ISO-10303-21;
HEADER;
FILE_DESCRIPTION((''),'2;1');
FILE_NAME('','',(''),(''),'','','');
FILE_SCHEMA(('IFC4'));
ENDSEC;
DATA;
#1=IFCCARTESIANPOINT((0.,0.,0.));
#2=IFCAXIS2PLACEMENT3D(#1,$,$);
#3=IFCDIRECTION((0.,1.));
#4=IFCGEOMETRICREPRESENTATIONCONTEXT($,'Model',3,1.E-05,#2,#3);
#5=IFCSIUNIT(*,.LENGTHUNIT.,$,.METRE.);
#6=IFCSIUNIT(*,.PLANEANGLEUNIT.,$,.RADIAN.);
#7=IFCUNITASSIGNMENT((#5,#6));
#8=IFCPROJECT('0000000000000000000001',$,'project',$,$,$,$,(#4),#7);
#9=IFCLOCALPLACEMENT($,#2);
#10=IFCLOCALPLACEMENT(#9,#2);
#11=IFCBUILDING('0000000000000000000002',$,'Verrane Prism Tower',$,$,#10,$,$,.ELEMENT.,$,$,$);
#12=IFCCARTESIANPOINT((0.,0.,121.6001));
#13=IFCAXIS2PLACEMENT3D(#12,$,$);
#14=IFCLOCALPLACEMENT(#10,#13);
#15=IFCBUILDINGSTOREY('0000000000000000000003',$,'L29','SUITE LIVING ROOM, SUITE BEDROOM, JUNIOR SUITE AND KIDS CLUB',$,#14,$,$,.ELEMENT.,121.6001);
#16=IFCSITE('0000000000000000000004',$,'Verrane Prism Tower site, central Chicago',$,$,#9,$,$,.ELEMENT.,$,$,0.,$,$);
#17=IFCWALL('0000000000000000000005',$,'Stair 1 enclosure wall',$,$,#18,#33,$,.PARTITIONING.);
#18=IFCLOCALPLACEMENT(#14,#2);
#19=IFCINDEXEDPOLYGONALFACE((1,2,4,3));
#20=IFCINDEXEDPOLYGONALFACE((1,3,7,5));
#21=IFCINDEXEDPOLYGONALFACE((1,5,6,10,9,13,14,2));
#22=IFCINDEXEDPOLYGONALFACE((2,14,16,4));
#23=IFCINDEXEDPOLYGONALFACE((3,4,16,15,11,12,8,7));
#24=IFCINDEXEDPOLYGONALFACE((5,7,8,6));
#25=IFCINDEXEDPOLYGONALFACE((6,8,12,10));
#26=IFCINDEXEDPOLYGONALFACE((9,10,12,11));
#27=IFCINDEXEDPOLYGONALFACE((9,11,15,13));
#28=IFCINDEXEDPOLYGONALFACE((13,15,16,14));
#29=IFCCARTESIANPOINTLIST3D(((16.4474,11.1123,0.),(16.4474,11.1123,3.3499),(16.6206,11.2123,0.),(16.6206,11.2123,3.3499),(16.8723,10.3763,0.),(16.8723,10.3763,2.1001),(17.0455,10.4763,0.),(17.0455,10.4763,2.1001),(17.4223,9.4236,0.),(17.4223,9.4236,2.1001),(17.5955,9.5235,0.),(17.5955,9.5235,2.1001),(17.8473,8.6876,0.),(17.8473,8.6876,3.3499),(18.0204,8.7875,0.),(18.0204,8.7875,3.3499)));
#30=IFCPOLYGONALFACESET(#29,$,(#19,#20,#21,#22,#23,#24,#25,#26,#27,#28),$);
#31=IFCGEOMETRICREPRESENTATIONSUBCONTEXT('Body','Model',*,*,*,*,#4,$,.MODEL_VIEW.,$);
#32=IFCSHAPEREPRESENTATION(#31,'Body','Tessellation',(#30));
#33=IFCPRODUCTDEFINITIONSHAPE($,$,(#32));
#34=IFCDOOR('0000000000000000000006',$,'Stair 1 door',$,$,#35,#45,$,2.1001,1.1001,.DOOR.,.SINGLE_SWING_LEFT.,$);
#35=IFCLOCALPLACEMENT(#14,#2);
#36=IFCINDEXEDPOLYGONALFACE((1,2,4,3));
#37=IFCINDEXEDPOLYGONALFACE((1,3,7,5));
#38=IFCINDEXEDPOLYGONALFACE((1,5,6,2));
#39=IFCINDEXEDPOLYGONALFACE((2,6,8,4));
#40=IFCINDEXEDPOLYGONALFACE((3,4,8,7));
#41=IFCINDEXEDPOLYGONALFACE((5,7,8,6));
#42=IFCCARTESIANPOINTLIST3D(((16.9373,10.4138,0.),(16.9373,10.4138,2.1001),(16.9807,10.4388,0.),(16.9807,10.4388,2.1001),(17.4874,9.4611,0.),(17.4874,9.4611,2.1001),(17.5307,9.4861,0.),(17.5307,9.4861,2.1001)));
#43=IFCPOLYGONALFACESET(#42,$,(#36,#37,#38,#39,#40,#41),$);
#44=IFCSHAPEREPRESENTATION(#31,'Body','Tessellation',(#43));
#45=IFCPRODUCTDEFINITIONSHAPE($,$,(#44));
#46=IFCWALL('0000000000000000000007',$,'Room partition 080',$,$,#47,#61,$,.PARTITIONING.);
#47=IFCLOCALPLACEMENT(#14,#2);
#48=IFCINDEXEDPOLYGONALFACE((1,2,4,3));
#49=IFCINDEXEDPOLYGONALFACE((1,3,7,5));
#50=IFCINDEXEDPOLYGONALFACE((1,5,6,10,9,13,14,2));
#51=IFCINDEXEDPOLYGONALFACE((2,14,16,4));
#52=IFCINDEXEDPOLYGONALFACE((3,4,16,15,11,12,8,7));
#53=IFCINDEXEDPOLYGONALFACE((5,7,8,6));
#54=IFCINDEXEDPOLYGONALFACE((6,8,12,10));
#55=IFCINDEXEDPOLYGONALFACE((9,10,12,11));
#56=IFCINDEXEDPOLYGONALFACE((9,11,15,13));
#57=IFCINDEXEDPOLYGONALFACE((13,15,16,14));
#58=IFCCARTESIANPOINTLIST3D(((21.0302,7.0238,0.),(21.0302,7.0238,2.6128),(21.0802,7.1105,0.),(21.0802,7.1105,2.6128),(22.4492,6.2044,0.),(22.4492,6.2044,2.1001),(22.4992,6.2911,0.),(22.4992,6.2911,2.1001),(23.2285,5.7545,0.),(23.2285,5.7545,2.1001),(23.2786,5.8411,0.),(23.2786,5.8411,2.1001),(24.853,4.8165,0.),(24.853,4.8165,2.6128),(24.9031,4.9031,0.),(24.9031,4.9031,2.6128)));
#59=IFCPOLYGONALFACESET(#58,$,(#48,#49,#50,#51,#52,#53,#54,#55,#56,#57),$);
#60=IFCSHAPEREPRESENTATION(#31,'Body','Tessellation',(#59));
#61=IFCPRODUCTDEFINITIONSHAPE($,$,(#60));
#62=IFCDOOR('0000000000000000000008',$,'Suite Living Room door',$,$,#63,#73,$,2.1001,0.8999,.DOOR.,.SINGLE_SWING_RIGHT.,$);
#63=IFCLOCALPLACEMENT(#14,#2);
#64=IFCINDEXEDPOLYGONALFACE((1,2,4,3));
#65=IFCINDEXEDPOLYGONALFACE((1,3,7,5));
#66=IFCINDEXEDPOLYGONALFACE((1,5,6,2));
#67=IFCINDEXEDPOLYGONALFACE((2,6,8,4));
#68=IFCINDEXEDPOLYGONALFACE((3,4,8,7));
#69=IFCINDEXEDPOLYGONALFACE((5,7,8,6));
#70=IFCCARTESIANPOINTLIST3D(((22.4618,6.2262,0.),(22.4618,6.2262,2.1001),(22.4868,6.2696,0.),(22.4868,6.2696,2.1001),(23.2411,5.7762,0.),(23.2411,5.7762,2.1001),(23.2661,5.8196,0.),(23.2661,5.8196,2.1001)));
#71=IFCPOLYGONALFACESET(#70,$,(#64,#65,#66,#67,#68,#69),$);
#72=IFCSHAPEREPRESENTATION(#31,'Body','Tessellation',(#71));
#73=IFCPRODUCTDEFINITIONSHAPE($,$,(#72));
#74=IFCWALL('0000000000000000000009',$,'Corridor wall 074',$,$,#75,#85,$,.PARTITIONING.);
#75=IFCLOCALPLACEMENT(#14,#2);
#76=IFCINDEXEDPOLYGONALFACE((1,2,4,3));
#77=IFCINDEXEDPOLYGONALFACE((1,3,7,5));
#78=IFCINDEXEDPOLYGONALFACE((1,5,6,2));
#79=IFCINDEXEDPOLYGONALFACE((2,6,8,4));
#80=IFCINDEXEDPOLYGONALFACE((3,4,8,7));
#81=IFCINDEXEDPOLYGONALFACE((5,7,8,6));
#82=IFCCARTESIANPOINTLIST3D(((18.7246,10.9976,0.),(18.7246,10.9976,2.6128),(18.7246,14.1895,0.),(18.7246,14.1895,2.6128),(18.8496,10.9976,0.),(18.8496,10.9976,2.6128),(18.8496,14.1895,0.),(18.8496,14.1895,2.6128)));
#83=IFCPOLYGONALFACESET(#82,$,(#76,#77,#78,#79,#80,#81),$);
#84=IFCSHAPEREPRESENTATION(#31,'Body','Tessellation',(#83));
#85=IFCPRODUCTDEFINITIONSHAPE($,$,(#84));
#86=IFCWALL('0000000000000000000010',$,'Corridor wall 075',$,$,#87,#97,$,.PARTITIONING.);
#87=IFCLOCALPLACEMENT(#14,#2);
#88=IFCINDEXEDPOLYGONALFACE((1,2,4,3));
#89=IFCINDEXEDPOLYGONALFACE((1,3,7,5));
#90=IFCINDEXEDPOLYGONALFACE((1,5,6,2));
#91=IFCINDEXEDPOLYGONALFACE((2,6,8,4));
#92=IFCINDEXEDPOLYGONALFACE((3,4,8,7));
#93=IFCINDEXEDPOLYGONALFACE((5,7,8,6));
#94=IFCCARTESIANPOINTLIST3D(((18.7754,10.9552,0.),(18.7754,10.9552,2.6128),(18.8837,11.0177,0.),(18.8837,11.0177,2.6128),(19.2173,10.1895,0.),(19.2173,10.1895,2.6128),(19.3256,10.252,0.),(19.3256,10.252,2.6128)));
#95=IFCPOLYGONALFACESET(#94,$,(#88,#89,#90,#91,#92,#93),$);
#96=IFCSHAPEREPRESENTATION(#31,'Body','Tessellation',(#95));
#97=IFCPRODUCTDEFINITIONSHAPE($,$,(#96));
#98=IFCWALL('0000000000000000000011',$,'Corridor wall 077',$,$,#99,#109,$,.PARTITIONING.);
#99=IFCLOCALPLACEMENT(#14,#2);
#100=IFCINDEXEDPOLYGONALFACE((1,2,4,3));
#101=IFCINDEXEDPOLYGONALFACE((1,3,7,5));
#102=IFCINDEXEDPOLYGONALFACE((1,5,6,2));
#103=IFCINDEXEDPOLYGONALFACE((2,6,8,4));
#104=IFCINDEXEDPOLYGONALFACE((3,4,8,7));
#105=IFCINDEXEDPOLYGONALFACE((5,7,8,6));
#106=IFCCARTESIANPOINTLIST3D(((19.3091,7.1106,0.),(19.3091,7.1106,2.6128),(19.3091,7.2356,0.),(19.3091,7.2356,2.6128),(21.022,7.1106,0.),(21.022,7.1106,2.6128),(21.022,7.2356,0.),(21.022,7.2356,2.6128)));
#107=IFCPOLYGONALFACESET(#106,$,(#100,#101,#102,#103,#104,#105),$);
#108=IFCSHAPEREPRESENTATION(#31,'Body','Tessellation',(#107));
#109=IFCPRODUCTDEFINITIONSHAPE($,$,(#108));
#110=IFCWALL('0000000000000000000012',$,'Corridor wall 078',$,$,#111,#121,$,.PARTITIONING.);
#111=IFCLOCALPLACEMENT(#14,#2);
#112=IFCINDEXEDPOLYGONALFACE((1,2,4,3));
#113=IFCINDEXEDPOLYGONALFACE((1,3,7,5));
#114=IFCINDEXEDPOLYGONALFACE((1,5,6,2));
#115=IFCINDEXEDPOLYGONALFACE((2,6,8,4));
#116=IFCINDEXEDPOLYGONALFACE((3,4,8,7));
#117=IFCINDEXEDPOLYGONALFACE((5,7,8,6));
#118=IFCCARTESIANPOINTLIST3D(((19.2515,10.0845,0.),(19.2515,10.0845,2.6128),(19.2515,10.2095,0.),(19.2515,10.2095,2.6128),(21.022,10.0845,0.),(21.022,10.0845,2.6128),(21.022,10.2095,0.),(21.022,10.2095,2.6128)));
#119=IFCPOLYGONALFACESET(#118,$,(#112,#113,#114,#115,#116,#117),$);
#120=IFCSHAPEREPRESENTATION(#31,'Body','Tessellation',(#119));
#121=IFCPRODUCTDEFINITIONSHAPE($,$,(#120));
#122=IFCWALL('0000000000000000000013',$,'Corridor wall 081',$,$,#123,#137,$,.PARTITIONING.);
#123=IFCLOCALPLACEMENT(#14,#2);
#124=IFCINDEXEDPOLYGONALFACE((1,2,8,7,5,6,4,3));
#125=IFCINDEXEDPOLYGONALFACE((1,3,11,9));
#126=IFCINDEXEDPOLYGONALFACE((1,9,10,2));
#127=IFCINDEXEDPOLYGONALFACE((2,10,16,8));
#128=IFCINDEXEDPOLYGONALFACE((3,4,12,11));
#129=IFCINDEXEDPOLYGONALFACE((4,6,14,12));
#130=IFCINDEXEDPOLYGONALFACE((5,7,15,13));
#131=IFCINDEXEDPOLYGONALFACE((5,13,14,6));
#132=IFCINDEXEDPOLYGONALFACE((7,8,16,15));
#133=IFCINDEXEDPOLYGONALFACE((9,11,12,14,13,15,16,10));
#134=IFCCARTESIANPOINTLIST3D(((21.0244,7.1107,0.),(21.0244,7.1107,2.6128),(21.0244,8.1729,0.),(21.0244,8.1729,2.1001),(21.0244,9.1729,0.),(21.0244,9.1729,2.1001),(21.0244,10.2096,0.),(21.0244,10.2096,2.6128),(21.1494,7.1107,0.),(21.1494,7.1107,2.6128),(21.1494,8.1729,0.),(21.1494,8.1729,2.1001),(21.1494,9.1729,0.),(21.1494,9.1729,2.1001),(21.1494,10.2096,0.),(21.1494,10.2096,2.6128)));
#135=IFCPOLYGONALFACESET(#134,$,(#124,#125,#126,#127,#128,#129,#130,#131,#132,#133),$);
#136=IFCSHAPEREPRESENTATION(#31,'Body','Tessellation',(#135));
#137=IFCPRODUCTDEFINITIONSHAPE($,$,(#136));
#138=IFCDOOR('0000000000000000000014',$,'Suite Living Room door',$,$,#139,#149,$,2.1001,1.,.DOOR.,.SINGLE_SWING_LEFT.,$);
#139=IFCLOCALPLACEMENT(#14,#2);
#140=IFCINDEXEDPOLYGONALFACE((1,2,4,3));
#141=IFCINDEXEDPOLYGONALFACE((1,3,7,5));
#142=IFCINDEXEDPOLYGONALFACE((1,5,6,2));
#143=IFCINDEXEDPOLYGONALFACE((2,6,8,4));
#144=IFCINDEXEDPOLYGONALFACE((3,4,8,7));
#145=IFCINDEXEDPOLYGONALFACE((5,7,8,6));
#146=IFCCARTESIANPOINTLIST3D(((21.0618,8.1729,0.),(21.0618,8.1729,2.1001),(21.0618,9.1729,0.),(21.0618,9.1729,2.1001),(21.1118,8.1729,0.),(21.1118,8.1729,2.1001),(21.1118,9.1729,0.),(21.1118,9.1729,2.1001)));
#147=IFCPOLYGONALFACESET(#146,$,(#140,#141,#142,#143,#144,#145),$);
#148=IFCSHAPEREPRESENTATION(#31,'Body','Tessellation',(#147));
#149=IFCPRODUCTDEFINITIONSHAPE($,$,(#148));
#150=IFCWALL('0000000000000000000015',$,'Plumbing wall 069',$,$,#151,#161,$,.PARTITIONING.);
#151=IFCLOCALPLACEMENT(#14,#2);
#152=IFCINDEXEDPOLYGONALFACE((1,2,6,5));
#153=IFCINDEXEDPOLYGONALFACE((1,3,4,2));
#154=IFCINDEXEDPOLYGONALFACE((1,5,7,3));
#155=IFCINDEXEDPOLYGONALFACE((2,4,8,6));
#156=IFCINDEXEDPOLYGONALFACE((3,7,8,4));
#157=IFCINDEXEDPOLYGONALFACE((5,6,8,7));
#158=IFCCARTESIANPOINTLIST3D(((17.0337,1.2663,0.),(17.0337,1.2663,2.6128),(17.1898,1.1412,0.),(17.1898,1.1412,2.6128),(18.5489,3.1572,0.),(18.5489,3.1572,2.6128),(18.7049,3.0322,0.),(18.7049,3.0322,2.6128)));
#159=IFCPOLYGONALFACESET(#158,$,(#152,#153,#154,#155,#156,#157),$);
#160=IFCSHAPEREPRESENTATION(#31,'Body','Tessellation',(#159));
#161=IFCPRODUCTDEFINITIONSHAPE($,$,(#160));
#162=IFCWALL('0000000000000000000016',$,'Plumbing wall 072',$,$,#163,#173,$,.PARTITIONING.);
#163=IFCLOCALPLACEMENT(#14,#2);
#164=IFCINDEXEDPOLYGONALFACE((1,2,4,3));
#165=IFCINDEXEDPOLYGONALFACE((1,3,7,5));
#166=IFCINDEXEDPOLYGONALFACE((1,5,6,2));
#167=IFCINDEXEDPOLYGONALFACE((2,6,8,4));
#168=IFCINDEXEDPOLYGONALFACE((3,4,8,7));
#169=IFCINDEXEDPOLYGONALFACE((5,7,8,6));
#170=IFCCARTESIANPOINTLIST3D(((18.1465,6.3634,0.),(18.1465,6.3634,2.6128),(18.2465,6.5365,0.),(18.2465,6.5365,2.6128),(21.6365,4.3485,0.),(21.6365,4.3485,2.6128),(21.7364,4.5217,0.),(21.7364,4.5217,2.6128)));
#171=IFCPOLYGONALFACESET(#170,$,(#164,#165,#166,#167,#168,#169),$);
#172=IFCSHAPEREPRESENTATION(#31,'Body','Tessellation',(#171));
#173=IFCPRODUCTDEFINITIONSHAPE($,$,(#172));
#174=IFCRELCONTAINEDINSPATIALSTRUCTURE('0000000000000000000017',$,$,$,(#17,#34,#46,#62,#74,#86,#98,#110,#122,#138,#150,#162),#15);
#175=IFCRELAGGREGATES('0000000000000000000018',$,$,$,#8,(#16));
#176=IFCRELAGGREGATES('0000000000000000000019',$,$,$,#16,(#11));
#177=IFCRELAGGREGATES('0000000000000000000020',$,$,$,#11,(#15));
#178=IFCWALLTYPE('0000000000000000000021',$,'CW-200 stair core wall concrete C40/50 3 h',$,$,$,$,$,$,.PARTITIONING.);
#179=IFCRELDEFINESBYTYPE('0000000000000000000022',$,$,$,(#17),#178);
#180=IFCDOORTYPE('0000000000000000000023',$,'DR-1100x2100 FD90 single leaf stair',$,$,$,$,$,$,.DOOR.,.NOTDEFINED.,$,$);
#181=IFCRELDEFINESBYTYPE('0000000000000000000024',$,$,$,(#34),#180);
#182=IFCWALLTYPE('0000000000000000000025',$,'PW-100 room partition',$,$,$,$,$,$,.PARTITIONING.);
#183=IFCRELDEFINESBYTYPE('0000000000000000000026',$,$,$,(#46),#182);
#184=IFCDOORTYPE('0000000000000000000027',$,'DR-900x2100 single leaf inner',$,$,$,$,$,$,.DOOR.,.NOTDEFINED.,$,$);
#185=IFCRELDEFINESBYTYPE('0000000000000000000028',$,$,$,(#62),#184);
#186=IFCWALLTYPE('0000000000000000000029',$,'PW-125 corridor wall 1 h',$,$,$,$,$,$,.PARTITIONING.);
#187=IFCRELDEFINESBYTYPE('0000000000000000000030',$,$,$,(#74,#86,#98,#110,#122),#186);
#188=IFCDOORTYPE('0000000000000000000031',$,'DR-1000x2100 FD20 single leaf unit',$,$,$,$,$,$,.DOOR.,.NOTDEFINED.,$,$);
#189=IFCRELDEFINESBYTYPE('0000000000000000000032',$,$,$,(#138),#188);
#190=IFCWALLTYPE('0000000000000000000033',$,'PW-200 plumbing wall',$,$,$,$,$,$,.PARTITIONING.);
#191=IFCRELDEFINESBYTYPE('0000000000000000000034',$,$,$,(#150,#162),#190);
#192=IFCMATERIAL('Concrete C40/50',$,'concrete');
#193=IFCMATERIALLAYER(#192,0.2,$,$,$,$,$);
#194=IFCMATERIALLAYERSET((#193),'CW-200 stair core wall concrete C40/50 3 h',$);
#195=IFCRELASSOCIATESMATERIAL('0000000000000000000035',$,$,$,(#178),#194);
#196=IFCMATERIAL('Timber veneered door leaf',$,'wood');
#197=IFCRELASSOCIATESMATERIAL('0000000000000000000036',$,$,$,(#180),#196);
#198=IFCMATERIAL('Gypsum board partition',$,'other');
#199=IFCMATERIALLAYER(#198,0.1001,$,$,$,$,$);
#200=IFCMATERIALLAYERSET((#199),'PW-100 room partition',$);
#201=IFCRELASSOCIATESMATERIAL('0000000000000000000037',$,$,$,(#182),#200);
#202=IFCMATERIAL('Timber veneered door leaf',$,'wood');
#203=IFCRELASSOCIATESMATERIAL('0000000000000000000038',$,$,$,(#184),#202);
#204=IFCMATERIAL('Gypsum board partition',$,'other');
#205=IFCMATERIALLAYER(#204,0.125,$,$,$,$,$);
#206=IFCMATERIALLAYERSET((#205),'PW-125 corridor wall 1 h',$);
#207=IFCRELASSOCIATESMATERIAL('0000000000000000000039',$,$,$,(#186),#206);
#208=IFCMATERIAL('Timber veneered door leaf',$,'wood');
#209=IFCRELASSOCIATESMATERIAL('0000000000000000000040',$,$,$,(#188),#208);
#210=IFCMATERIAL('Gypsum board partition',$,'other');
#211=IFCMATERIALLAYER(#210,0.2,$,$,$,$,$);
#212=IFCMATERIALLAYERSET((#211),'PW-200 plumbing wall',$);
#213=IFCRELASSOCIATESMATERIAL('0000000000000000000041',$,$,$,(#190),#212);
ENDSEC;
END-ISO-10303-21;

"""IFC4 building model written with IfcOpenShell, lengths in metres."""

from ifc_helpers import new_model, si_unit, direction, frame, frame_2d, origin, place, context, subcontext, project, spatial, rectangle, extrude, material, layer, layer_set, type_object, element, fill, save


model = new_model("IFC4")

# Units and contexts
model_context = context("Model", 3, precision=1e-05, world=origin(), true_north=direction((0.0, 1.0)))
body_context = subcontext(model_context, "Body", "Model", "MODEL_VIEW")
ifc_project = project(units=[si_unit("LENGTHUNIT", "METRE"), si_unit("PLANEANGLEUNIT", "RADIAN")], contexts=[model_context])

# Site, building, storey
site_placement = place(None, origin())
site = spatial("IfcSite", under=ifc_project, at=site_placement, Name="Verrane Prism Tower site, central Chicago", CompositionType="ELEMENT", RefElevation=0.0)
building_placement = place(site_placement, origin())
building = spatial("IfcBuilding", under=site, at=building_placement, Name="Verrane Prism Tower", CompositionType="ELEMENT")
storey_placement = place(building_placement, frame((0.0, 0.0, 121.6001)))
storey = spatial("IfcBuildingStorey", under=building, at=storey_placement, Name="L29", Description="SUITE LIVING ROOM, SUITE BEDROOM, JUNIOR SUITE AND KIDS CLUB", CompositionType="ELEMENT", Elevation=121.6001)

# Walls, openings, doors
ifc_material_1 = material(Name="Concrete C40/50", Category="concrete")
ifc_layer_1 = layer(ifc_material_1, 0.2)
ifc_layer_set_1 = layer_set([ifc_layer_1], Name="CW-200 stair core wall concrete C40/50 3 h")
wall_type_1 = type_object("IfcWallType", Name="CW-200 stair core wall concrete C40/50 3 h", PredefinedType="PARTITIONING", material=ifc_layer_set_1)
wall_1_placement = place(storey_placement, frame((17.9338, 8.7375, 0.0), z_axis=(0.0, 0.0, 1.0), x_axis=(-0.499984, 0.866035, 0.0)))
wall_1 = element("IfcWall", 1, at=wall_1_placement, inside=storey, type_object=wall_type_1, Name="Stair 1 enclosure wall", PredefinedType="PARTITIONING", context=body_context, shape_type="SweptSolid", body=[
    extrude(rectangle(XDim=2.7998, YDim=0.2, at=frame_2d((1.3999, 0.0))), origin(), (0.0, 0.0, 1.0), 3.3499),
])
opening_1_placement = place(wall_1_placement, frame((0.8499, 0.0, 0.0)))
opening_1 = element("IfcOpeningElement", 2, at=opening_1_placement, cuts=wall_1, PredefinedType="OPENING", context=body_context, shape_type="SweptSolid", body=[
    extrude(rectangle(XDim=1.1001, YDim=2.1001, at=frame_2d((0.55, 1.05))), frame((0.0, 0.1099, 0.0), z_axis=(0.0, -1.0, 0.0), x_axis=(1.0, 0.0, 0.0)), (0.0, 0.0, 1.0), 0.22),
])
ifc_material_2 = material(Name="Timber veneered door leaf", Category="wood")
door_type_1 = type_object("IfcDoorType", Name="DR-1100x2100 FD90 single leaf stair", OperationType="NOTDEFINED", PredefinedType="DOOR", material=ifc_material_2)
door_1_placement = place(opening_1_placement, origin())
door_1 = element("IfcDoor", 3, at=door_1_placement, inside=storey, type_object=door_type_1, Name="Stair 1 door", OperationType="SINGLE_SWING_LEFT", OverallHeight=2.1001, OverallWidth=1.1001, PredefinedType="DOOR", context=body_context, shape_type="SweptSolid", body=[
    extrude(rectangle(XDim=1.1001, YDim=2.1001, at=frame_2d((0.55, 1.05))), frame((0.0, 0.0249, 0.0), z_axis=(0.0, -1.0, 0.0), x_axis=(1.0, 0.0, 0.0)), (0.0, 0.0, 1.0), 0.05),
])
fill(opening_1, door_1)
ifc_material_3 = material(Name="Gypsum board partition", Category="other")
ifc_layer_2 = layer(ifc_material_3, 0.1001)
ifc_layer_set_2 = layer_set([ifc_layer_2], Name="PW-100 room partition")
wall_type_2 = type_object("IfcWallType", Name="PW-100 room partition", PredefinedType="PARTITIONING", material=ifc_layer_set_2)
wall_2_placement = place(storey_placement, frame((24.8779, 4.8599, 0.0), z_axis=(0.0, 0.0, 1.0), x_axis=(-0.866005, 0.500035, 0.0)))
wall_2 = element("IfcWall", 4, at=wall_2_placement, inside=storey, type_object=wall_type_2, Name="Room partition 080", PredefinedType="PARTITIONING", context=body_context, shape_type="SweptSolid", body=[
    extrude(rectangle(XDim=4.4143, YDim=0.1001, at=frame_2d((2.207, 0.0))), origin(), (0.0, 0.0, 1.0), 2.6128),
])
opening_2_placement = place(wall_2_placement, frame((1.8757, 0.0, 0.0)))
opening_2 = element("IfcOpeningElement", 5, at=opening_2_placement, cuts=wall_2, PredefinedType="OPENING", context=body_context, shape_type="SweptSolid", body=[
    extrude(rectangle(XDim=0.8999, YDim=2.1001, at=frame_2d((0.45, 1.05))), frame((0.0, 0.0601, 0.0), z_axis=(0.0, -1.0, 0.0), x_axis=(1.0, 0.0, 0.0)), (0.0, 0.0, 1.0), 0.1201),
])
ifc_material_4 = material(Name="Timber veneered door leaf", Category="wood")
door_type_2 = type_object("IfcDoorType", Name="DR-900x2100 single leaf inner", OperationType="NOTDEFINED", PredefinedType="DOOR", material=ifc_material_4)
door_2_placement = place(opening_2_placement, origin())
door_2 = element("IfcDoor", 6, at=door_2_placement, inside=storey, type_object=door_type_2, Name="Suite Living Room door", OperationType="SINGLE_SWING_RIGHT", OverallHeight=2.1001, OverallWidth=0.8999, PredefinedType="DOOR", context=body_context, shape_type="SweptSolid", body=[
    extrude(rectangle(XDim=0.8999, YDim=2.1001, at=frame_2d((0.45, 1.05))), frame((0.0, 0.0249, 0.0), z_axis=(0.0, -1.0, 0.0), x_axis=(1.0, 0.0, 0.0)), (0.0, 0.0, 1.0), 0.05),
])
fill(opening_2, door_2)

# Walls
ifc_material_5 = material(Name="Gypsum board partition", Category="other")
ifc_layer_3 = layer(ifc_material_5, 0.125)
ifc_layer_set_3 = layer_set([ifc_layer_3], Name="PW-125 corridor wall 1 h")
wall_type_3 = type_object("IfcWallType", Name="PW-125 corridor wall 1 h", PredefinedType="PARTITIONING", material=ifc_layer_set_3)
wall_3_placement = place(storey_placement, frame((18.7871, 10.9976, 0.0), z_axis=(0.0, 0.0, 1.0), x_axis=(0.0, 1.0, 0.0)))
element("IfcWall", 7, at=wall_3_placement, inside=storey, type_object=wall_type_3, Name="Corridor wall 074", PredefinedType="PARTITIONING", context=body_context, shape_type="SweptSolid", body=[
    extrude(rectangle(XDim=3.1919, YDim=0.125, at=frame_2d((1.5959, 0.0))), origin(), (0.0, 0.0, 1.0), 2.6128),
])
wall_4_placement = place(storey_placement, frame((18.8296, 10.9863, 0.0), z_axis=(0.0, 0.0, 1.0), x_axis=(0.499882, -0.866094, 0.0)))
element("IfcWall", 8, at=wall_4_placement, inside=storey, type_object=wall_type_3, Name="Corridor wall 075", PredefinedType="PARTITIONING", context=body_context, shape_type="SweptSolid", body=[
    extrude(rectangle(XDim=0.884, YDim=0.125, at=frame_2d((0.4419, 0.0))), origin(), (0.0, 0.0, 1.0), 2.6128),
])
wall_5_placement = place(storey_placement, frame((19.3091, 7.1731, 0.0), z_axis=(0.0, 0.0, 1.0), x_axis=(1.0, 0.0, 0.0)))
element("IfcWall", 9, at=wall_5_placement, inside=storey, type_object=wall_type_3, Name="Corridor wall 077", PredefinedType="PARTITIONING", context=body_context, shape_type="SweptSolid", body=[
    extrude(rectangle(XDim=1.7129, YDim=0.125, at=frame_2d((0.8564, 0.0))), origin(), (0.0, 0.0, 1.0), 2.6128),
])
wall_6_placement = place(storey_placement, frame((19.2515, 10.147, 0.0), z_axis=(0.0, 0.0, 1.0), x_axis=(1.0, 0.0, 0.0)))
element("IfcWall", 10, at=wall_6_placement, inside=storey, type_object=wall_type_3, Name="Corridor wall 078", PredefinedType="PARTITIONING", context=body_context, shape_type="SweptSolid", body=[
    extrude(rectangle(XDim=1.7705, YDim=0.125, at=frame_2d((0.8853, 0.0))), origin(), (0.0, 0.0, 1.0), 2.6128),
])

# Wall, opening, door
wall_7_placement = place(storey_placement, frame((21.0869, 10.2095, 0.0), z_axis=(0.0, 0.0, 1.0), x_axis=(0.0, -1.0, 0.0)))
wall_7 = element("IfcWall", 11, at=wall_7_placement, inside=storey, type_object=wall_type_3, Name="Corridor wall 081", PredefinedType="PARTITIONING", context=body_context, shape_type="SweptSolid", body=[
    extrude(rectangle(XDim=3.0989, YDim=0.125, at=frame_2d((1.5493, 0.0))), origin(), (0.0, 0.0, 1.0), 2.6128),
])
opening_3_placement = place(wall_7_placement, frame((1.0366, 0.0, 0.0)))
opening_3 = element("IfcOpeningElement", 12, at=opening_3_placement, cuts=wall_7, PredefinedType="OPENING", context=body_context, shape_type="SweptSolid", body=[
    extrude(rectangle(XDim=1.0, YDim=2.1001, at=frame_2d((0.5, 1.05))), frame((0.0, 0.0725, 0.0), z_axis=(0.0, -1.0, 0.0), x_axis=(1.0, 0.0, 0.0)), (0.0, 0.0, 1.0), 0.145),
])
ifc_material_6 = material(Name="Timber veneered door leaf", Category="wood")
door_type_3 = type_object("IfcDoorType", Name="DR-1000x2100 FD20 single leaf unit", OperationType="NOTDEFINED", PredefinedType="DOOR", material=ifc_material_6)
door_3_placement = place(opening_3_placement, origin())
door_3 = element("IfcDoor", 13, at=door_3_placement, inside=storey, type_object=door_type_3, Name="Suite Living Room door", OperationType="SINGLE_SWING_LEFT", OverallHeight=2.1001, OverallWidth=1.0, PredefinedType="DOOR", context=body_context, shape_type="SweptSolid", body=[
    extrude(rectangle(XDim=1.0, YDim=2.1001, at=frame_2d((0.5, 1.05))), frame((0.0, 0.0249, 0.0), z_axis=(0.0, -1.0, 0.0), x_axis=(1.0, 0.0, 0.0)), (0.0, 0.0, 1.0), 0.05),
])
fill(opening_3, door_3)

# Walls
ifc_material_7 = material(Name="Gypsum board partition", Category="other")
ifc_layer_4 = layer(ifc_material_7, 0.2)
ifc_layer_set_4 = layer_set([ifc_layer_4], Name="PW-200 plumbing wall")
wall_type_4 = type_object("IfcWallType", Name="PW-200 plumbing wall", PredefinedType="PARTITIONING", material=ifc_layer_set_4)
wall_8_placement = place(storey_placement, frame((17.1118, 1.2039, 0.0), z_axis=(0.0, 0.0, 1.0), x_axis=(0.625309, 0.780377, 0.0)))
element("IfcWall", 14, at=wall_8_placement, inside=storey, type_object=wall_type_4, Name="Plumbing wall 069", PredefinedType="PARTITIONING", context=body_context, shape_type="SweptSolid", body=[
    extrude(rectangle(XDim=2.4231, YDim=0.2, at=frame_2d((1.2114, 0.0))), origin(), (0.0, 0.0, 1.0), 2.6128),
])
wall_9_placement = place(storey_placement, frame((18.1965, 6.45, 0.0), z_axis=(0.0, 0.0, 1.0), x_axis=(0.866031, -0.49999, 0.0)))
element("IfcWall", 15, at=wall_9_placement, inside=storey, type_object=wall_type_4, Name="Plumbing wall 072", PredefinedType="PARTITIONING", context=body_context, shape_type="SweptSolid", body=[
    extrude(rectangle(XDim=4.0298, YDim=0.2, at=frame_2d((2.0149, 0.0))), origin(), (0.0, 0.0, 1.0), 2.6128),
])

save(model, "model.ifc")
